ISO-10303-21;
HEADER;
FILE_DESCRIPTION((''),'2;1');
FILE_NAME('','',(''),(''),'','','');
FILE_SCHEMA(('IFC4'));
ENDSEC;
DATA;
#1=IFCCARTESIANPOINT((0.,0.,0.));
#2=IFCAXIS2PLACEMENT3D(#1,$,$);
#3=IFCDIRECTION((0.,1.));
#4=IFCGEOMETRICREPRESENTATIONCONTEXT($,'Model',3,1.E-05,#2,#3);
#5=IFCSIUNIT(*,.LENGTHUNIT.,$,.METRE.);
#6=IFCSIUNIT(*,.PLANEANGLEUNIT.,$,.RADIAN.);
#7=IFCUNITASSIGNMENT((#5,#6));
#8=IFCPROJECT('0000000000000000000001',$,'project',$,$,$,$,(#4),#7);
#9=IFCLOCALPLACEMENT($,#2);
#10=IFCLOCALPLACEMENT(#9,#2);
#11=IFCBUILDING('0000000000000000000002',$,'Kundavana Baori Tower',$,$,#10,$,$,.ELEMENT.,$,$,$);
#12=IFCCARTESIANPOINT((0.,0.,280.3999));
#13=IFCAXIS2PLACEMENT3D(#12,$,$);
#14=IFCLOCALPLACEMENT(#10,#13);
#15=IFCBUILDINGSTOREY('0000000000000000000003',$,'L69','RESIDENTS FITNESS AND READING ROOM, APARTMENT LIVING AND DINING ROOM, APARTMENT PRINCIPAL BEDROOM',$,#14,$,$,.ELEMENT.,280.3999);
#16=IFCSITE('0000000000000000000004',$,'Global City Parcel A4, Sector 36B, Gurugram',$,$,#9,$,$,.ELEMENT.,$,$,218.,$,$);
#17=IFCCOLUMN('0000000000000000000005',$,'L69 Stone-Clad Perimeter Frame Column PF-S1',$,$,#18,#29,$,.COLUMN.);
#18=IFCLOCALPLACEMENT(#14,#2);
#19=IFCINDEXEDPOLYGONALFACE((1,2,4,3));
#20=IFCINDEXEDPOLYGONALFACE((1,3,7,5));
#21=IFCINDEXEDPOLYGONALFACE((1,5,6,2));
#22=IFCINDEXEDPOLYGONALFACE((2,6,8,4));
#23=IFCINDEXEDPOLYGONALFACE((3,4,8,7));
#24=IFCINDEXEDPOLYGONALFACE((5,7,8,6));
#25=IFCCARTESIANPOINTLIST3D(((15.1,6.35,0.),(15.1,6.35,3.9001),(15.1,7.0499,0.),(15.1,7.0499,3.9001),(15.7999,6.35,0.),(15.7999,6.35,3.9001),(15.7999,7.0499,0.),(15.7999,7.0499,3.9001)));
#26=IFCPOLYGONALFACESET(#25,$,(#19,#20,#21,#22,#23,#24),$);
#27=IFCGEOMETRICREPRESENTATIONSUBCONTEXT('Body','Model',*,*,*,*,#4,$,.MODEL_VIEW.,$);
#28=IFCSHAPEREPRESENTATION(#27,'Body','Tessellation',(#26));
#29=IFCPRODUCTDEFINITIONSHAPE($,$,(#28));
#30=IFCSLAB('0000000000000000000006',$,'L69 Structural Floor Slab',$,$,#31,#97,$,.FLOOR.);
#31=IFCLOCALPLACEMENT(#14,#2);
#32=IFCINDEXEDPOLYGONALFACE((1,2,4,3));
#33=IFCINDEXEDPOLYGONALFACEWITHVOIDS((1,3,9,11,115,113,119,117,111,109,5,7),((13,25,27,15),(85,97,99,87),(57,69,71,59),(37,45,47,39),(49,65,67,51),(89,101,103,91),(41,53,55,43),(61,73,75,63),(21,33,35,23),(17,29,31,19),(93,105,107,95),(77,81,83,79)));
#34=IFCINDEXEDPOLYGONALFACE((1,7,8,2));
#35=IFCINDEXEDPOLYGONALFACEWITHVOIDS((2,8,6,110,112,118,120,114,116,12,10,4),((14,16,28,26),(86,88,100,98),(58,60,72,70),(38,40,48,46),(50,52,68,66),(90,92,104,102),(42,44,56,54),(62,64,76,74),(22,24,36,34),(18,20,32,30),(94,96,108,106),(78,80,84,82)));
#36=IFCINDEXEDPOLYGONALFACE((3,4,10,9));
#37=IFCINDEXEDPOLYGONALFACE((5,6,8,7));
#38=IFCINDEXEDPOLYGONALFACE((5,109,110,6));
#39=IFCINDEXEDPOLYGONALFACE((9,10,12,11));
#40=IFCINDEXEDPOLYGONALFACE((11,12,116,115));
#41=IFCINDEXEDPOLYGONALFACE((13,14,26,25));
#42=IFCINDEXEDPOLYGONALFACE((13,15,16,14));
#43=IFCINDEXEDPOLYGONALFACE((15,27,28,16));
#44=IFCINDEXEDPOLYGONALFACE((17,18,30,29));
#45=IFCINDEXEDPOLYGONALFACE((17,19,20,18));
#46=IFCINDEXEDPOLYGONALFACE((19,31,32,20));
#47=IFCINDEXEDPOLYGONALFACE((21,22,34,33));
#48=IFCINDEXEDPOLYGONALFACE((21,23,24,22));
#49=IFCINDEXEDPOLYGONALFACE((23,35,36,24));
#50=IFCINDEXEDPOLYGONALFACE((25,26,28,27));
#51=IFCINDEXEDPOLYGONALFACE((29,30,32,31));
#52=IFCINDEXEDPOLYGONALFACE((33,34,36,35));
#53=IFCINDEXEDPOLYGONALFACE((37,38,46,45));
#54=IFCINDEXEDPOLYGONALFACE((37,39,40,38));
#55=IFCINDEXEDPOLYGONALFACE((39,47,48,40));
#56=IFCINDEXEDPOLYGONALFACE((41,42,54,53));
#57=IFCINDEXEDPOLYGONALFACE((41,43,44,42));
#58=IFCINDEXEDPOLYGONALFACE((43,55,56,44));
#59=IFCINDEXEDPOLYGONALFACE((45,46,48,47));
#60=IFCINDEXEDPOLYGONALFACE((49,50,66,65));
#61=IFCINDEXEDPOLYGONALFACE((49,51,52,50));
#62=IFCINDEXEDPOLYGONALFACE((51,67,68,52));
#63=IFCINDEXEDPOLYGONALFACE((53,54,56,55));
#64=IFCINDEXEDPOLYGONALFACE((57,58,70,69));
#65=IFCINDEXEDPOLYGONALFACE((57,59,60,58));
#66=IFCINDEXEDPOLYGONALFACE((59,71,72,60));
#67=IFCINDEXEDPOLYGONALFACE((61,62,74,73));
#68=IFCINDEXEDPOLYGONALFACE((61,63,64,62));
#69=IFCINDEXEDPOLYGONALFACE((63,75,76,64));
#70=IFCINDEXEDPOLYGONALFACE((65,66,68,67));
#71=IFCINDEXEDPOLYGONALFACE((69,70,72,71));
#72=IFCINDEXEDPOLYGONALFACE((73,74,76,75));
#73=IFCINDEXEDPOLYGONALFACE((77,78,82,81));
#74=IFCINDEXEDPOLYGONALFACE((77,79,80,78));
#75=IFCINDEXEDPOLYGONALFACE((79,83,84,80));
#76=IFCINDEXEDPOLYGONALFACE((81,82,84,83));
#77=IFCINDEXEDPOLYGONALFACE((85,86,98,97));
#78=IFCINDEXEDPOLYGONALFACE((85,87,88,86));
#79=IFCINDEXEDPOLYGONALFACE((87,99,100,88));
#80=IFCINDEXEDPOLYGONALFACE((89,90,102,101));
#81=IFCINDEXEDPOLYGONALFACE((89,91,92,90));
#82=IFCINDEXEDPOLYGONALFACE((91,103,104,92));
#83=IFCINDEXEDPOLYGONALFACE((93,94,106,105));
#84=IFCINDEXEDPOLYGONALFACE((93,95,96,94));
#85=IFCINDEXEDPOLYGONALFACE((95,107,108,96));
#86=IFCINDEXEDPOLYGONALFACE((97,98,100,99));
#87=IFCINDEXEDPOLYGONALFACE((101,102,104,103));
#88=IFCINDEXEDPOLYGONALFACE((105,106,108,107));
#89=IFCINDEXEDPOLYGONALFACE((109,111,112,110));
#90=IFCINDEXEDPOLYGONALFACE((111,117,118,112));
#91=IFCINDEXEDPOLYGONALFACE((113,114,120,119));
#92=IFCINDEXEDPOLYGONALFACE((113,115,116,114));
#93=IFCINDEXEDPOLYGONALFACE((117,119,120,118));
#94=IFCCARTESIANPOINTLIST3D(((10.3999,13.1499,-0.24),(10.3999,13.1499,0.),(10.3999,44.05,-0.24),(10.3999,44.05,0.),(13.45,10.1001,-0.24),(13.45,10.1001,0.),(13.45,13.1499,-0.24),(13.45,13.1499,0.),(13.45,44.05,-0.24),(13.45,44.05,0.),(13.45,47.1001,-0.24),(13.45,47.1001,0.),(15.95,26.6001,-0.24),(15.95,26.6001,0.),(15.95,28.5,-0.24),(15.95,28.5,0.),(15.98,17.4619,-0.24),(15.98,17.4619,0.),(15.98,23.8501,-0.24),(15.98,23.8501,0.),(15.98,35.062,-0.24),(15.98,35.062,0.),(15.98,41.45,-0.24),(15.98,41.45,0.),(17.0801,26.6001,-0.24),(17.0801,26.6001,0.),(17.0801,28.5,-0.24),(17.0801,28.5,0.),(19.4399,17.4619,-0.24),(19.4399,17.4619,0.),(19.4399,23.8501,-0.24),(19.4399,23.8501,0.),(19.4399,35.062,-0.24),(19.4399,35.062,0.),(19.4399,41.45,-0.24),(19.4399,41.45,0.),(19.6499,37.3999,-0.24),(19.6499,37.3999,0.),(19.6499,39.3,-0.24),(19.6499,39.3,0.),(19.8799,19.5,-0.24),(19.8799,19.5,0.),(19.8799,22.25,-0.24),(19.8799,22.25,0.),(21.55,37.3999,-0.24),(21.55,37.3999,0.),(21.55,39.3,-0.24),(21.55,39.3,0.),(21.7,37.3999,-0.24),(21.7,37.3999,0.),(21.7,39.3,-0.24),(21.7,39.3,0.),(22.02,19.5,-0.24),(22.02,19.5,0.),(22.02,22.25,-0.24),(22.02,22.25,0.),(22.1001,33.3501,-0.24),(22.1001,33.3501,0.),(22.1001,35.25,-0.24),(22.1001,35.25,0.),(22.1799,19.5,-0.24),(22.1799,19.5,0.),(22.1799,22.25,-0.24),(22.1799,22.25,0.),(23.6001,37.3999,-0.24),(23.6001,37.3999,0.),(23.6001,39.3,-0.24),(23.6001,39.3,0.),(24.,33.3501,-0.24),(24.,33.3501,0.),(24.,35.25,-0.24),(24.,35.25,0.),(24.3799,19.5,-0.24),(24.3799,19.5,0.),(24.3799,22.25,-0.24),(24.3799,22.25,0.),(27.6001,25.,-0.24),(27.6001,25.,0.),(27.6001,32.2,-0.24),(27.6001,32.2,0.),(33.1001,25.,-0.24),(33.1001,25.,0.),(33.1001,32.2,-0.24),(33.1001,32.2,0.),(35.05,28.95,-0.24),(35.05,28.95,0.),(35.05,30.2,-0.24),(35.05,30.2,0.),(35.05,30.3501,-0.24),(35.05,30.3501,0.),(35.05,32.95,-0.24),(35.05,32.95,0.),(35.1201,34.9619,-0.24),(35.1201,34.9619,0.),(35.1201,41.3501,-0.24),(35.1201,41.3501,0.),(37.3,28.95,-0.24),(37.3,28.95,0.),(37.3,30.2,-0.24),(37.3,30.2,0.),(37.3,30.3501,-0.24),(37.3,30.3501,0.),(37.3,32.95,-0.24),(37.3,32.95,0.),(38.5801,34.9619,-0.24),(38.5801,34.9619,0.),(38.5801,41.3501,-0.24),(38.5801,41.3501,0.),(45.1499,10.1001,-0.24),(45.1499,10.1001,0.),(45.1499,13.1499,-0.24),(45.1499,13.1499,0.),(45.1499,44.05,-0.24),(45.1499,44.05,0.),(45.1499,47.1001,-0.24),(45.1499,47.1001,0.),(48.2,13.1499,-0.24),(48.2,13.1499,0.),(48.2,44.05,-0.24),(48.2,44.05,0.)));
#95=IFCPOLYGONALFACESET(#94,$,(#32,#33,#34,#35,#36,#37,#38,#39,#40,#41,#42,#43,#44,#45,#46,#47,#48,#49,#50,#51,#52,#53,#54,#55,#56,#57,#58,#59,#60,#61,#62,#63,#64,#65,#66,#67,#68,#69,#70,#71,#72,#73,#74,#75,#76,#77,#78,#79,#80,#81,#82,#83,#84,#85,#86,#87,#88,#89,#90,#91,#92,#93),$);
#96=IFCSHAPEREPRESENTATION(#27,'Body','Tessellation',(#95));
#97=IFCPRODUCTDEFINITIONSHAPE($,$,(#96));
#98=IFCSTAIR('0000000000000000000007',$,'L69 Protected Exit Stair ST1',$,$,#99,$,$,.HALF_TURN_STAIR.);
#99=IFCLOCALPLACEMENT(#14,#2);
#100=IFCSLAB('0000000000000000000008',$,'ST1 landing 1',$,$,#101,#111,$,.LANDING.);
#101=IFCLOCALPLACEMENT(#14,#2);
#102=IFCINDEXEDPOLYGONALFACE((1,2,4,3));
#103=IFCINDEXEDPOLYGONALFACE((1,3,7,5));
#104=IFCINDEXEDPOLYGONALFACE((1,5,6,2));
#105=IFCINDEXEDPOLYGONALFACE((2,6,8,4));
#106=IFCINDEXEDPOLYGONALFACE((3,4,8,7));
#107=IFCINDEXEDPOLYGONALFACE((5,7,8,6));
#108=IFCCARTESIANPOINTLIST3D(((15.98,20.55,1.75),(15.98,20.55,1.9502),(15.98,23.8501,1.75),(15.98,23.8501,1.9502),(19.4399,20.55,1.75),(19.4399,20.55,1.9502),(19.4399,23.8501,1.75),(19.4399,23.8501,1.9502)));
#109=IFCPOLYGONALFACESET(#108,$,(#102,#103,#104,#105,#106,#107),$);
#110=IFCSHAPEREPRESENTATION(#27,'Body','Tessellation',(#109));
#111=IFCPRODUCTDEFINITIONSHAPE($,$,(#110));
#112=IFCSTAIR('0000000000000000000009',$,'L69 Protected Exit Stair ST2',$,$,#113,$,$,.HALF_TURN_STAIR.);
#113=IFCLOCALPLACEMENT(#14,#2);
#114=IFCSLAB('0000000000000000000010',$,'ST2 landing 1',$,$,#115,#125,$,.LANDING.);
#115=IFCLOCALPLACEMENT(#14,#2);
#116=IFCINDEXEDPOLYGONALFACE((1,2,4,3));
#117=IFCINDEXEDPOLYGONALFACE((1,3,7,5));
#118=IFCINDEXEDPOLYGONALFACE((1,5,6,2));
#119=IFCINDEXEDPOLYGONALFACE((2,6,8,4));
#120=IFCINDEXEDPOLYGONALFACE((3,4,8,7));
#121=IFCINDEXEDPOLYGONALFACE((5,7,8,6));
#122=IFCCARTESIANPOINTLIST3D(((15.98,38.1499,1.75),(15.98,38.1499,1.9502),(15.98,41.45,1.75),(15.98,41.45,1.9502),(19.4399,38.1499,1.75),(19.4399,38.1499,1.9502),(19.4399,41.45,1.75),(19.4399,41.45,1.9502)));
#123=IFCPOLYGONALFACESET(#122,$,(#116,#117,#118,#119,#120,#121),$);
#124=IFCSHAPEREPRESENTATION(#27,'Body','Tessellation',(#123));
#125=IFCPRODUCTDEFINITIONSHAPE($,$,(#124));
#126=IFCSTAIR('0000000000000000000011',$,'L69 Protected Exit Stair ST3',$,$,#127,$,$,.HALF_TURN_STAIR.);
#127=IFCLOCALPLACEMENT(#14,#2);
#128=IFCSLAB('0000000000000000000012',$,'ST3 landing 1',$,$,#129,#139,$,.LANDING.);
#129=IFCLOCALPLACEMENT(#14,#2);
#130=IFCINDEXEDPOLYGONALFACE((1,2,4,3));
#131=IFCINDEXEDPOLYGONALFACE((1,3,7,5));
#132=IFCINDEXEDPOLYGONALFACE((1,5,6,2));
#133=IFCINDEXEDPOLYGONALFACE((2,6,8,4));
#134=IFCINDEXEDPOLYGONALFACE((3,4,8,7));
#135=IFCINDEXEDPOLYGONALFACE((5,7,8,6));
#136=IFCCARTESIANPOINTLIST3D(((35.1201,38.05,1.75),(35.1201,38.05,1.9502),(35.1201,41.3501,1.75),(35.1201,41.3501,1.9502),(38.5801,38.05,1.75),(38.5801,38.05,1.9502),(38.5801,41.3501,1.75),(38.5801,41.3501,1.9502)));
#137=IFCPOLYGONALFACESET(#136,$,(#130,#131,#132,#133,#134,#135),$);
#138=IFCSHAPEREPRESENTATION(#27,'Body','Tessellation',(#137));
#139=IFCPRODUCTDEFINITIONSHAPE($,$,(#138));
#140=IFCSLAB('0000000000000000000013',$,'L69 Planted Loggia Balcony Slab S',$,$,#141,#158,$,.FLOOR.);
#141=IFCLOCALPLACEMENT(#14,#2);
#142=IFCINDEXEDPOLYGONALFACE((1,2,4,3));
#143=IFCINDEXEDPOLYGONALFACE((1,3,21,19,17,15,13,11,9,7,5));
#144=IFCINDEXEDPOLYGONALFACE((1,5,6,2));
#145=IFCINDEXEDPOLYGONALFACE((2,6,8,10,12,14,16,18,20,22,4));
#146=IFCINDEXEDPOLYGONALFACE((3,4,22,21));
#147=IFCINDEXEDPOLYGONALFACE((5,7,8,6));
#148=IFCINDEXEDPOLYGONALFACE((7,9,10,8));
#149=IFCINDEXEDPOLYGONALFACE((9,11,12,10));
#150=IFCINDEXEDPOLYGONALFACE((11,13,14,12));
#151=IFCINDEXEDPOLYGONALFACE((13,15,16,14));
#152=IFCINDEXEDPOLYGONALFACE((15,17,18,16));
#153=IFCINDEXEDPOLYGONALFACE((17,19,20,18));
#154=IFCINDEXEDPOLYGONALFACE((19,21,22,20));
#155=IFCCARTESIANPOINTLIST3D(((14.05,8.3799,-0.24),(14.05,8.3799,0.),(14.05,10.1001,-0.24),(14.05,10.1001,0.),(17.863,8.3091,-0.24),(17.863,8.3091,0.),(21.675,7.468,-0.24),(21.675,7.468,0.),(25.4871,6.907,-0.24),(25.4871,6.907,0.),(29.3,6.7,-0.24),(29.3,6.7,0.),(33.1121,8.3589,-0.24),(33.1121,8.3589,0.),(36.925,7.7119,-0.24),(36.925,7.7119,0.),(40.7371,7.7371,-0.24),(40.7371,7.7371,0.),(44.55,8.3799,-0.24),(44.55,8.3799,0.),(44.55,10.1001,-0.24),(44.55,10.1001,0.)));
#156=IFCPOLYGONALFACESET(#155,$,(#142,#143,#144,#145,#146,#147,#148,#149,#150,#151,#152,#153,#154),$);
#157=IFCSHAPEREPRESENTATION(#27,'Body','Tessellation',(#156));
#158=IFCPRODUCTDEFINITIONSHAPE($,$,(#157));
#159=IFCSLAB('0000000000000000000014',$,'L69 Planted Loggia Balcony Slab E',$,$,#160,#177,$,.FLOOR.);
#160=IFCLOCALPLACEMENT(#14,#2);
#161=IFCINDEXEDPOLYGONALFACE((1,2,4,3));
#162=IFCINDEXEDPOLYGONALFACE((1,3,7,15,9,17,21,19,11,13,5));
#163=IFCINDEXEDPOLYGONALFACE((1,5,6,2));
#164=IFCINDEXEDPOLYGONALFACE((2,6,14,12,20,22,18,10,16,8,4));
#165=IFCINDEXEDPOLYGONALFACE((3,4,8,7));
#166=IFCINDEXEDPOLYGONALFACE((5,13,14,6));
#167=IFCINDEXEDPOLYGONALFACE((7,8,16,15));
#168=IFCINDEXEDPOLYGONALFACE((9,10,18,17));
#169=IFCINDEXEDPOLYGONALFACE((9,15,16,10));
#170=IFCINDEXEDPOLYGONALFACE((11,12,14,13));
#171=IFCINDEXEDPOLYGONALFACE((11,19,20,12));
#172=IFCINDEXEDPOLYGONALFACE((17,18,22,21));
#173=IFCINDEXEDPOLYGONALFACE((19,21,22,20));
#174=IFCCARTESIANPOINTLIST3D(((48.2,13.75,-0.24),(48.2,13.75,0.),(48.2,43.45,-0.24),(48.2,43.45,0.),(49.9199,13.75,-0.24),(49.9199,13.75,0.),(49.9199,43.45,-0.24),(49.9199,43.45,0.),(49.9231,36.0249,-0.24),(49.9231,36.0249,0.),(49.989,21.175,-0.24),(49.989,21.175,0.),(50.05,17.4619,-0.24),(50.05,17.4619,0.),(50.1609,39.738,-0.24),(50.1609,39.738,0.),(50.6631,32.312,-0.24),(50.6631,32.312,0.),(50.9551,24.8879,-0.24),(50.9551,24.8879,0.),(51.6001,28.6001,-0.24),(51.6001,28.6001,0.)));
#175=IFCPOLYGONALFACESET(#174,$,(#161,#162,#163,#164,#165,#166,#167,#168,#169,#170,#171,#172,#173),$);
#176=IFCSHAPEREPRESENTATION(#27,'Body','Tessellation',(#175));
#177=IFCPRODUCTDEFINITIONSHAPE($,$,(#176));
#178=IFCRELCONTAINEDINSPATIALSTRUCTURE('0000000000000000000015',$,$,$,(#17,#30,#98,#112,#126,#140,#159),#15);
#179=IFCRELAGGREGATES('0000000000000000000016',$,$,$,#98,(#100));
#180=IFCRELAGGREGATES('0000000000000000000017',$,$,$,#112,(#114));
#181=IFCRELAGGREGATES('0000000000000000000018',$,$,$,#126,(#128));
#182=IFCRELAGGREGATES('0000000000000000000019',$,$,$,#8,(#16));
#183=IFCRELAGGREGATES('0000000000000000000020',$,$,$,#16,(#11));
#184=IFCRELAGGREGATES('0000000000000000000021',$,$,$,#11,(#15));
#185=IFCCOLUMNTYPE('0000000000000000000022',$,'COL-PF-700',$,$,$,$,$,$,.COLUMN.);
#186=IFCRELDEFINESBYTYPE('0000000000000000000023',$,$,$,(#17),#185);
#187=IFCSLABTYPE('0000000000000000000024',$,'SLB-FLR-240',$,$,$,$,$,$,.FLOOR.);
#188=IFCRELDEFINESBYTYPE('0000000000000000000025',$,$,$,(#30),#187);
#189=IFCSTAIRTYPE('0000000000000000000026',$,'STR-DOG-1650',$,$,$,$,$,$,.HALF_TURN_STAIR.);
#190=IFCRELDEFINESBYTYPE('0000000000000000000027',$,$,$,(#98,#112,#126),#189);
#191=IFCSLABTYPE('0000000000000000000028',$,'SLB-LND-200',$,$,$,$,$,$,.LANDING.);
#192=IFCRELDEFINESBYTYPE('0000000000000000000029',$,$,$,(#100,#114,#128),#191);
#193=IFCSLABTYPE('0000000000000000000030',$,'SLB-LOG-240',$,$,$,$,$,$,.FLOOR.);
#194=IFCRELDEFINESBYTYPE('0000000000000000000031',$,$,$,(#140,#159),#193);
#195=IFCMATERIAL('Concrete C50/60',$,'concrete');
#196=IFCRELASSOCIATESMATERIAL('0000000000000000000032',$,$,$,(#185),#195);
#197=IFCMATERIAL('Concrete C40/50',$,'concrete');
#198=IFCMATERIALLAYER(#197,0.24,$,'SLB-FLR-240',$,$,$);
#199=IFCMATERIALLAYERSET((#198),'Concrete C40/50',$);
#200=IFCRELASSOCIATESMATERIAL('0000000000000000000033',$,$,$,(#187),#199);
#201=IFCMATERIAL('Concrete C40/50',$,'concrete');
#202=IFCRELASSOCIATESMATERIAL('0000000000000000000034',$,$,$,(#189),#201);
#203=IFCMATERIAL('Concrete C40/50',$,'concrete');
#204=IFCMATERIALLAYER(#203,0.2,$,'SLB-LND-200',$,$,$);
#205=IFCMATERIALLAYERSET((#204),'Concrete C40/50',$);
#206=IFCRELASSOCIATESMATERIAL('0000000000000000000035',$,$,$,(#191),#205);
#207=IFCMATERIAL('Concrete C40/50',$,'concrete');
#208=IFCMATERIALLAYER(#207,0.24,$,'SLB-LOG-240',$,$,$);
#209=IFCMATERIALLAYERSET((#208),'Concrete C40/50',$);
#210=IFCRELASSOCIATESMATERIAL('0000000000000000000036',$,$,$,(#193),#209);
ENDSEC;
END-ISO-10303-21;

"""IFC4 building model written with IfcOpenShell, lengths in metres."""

from ifc_helpers import new_model, si_unit, direction, frame, origin, origin_2d, place, context, subcontext, project, spatial, polyline, rectangle, outline, extrude, material, layer, layer_set, material_profile, profile_set, type_object, element, aggregate, save


model = new_model("IFC4")

# Units and contexts
model_context = context("Model", 3, precision=1e-05, world=origin(), true_north=direction((0.0, 1.0)))
body_context = subcontext(model_context, "Body", "Model", "MODEL_VIEW")
ifc_project = project(units=[si_unit("LENGTHUNIT", "METRE"), si_unit("PLANEANGLEUNIT", "RADIAN")], contexts=[model_context])

# Site, building, storey
site_placement = place(None, origin())
site = spatial("IfcSite", under=ifc_project, at=site_placement, Name="Global City Parcel A4, Sector 36B, Gurugram", CompositionType="ELEMENT", RefElevation=218.0)
building_placement = place(site_placement, origin())
building = spatial("IfcBuilding", under=site, at=building_placement, Name="Kundavana Baori Tower", CompositionType="ELEMENT")
storey_placement = place(building_placement, frame((0.0, 0.0, 280.3999)))
storey = spatial("IfcBuildingStorey", under=building, at=storey_placement, Name="L69", Description="RESIDENTS FITNESS AND READING ROOM, APARTMENT LIVING AND DINING ROOM, APARTMENT PRINCIPAL BEDROOM", CompositionType="ELEMENT", Elevation=280.3999)

# Column
ifc_material_1 = material(Name="Concrete C50/60", Category="concrete")
ifc_material_profile = material_profile(ifc_material_1, rectangle(XDim=0.7, YDim=0.7, at=origin_2d()), Name="RC PF 700x700")
ifc_profile_set = profile_set([ifc_material_profile], Name="Concrete C50/60")
column_type = type_object("IfcColumnType", Name="COL-PF-700", PredefinedType="COLUMN", material=ifc_profile_set)
column_placement = place(storey_placement, frame((15.45, 6.7, 0.0), z_axis=(0.0, 0.0, 1.0), x_axis=(1.0, 0.0, 0.0)))
element("IfcColumn", 1, at=column_placement, inside=storey, type_object=column_type, Name="L69 Stone-Clad Perimeter Frame Column PF-S1", PredefinedType="COLUMN", context=body_context, shape_type="SweptSolid", body=[
    extrude(rectangle(XDim=0.7, YDim=0.7, at=origin_2d()), origin(), (0.0, 0.0, 1.0), 3.9001),
])

# Slab
ifc_material_2 = material(Name="Concrete C40/50", Category="concrete")
ifc_layer_1 = layer(ifc_material_2, 0.24, Name="SLB-FLR-240")
ifc_layer_set_1 = layer_set([ifc_layer_1], Name="Concrete C40/50")
slab_type_1 = type_object("IfcSlabType", Name="SLB-FLR-240", PredefinedType="FLOOR", material=ifc_layer_set_1)
slab_1_placement = place(storey_placement, frame((0.0, 0.0, -0.24)))
element("IfcSlab", 2, at=slab_1_placement, inside=storey, type_object=slab_type_1, Name="L69 Structural Floor Slab", PredefinedType="FLOOR", context=body_context, shape_type="SweptSolid", body=[
    extrude(outline(polyline([(13.45, 10.1001), (45.1499, 10.1001), (45.1499, 13.1499), (48.2, 13.1499), (48.2, 44.05), (45.1499, 44.05), (45.1499, 47.1001), (13.45, 47.1001), (13.45, 44.05), (10.3999, 44.05), (10.3999, 13.1499), (13.45, 13.1499), (13.45, 10.1001)]), holes=[polyline([(19.4399, 17.4619), (19.4399, 23.8501), (15.98, 23.8501), (15.98, 17.4619), (19.4399, 17.4619)]), polyline([(19.4399, 35.062), (19.4399, 41.45), (15.98, 41.45), (15.98, 35.062), (19.4399, 35.062)]), polyline([(38.5801, 34.9619), (38.5801, 41.3501), (35.1201, 41.3501), (35.1201, 34.9619), (38.5801, 34.9619)]), polyline([(19.6499, 37.3999), (21.55, 37.3999), (21.55, 39.3), (19.6499, 39.3), (19.6499, 37.3999)]), polyline([(21.7, 37.3999), (23.6001, 37.3999), (23.6001, 39.3), (21.7, 39.3), (21.7, 37.3999)]), polyline([(22.1001, 33.3501), (24.0, 33.3501), (24.0, 35.25), (22.1001, 35.25), (22.1001, 33.3501)]), polyline([(19.8799, 19.5), (22.02, 19.5), (22.02, 22.25), (19.8799, 22.25), (19.8799, 19.5)]), polyline([(22.1799, 19.5), (24.3799, 19.5), (24.3799, 22.25), (22.1799, 22.25), (22.1799, 19.5)]), polyline([(35.05, 30.3501), (37.3, 30.3501), (37.3, 32.95), (35.05, 32.95), (35.05, 30.3501)]), polyline([(15.95, 26.6001), (17.0801, 26.6001), (17.0801, 28.5), (15.95, 28.5), (15.95, 26.6001)]), polyline([(35.05, 28.95), (37.3, 28.95), (37.3, 30.2), (35.05, 30.2), (35.05, 28.95)]), polyline([(27.6001, 25.0), (33.1001, 25.0), (33.1001, 32.2), (27.6001, 32.2), (27.6001, 25.0)])]), origin(), (0.0, 0.0, 1.0), 0.24),
])

# Stairs, slabs
ifc_material_3 = material(Name="Concrete C40/50", Category="concrete")
stair_type = type_object("IfcStairType", Name="STR-DOG-1650", PredefinedType="HALF_TURN_STAIR", material=ifc_material_3)
stair_1_placement = place(storey_placement, origin())
stair_1 = element("IfcStair", 3, at=stair_1_placement, inside=storey, type_object=stair_type, Name="L69 Protected Exit Stair ST1", PredefinedType="HALF_TURN_STAIR")
ifc_material_4 = material(Name="Concrete C40/50", Category="concrete")
ifc_layer_2 = layer(ifc_material_4, 0.2, Name="SLB-LND-200")
ifc_layer_set_2 = layer_set([ifc_layer_2], Name="Concrete C40/50")
slab_type_2 = type_object("IfcSlabType", Name="SLB-LND-200", PredefinedType="LANDING", material=ifc_layer_set_2)
slab_2_placement = place(storey_placement, frame((0.0, 0.0, 1.75)))
slab_2 = element("IfcSlab", 4, at=slab_2_placement, type_object=slab_type_2, Name="ST1 landing 1", PredefinedType="LANDING", context=body_context, shape_type="SweptSolid", body=[
    extrude(outline(polyline([(19.4399, 20.55), (19.4399, 23.8501), (15.98, 23.8501), (15.98, 20.55), (19.4399, 20.55)])), origin(), (0.0, 0.0, 1.0), 0.2002),
])
aggregate(stair_1, [slab_2])
stair_2_placement = place(storey_placement, origin())
stair_2 = element("IfcStair", 5, at=stair_2_placement, inside=storey, type_object=stair_type, Name="L69 Protected Exit Stair ST2", PredefinedType="HALF_TURN_STAIR")
slab_3_placement = place(storey_placement, frame((0.0, 0.0, 1.75)))
slab_3 = element("IfcSlab", 6, at=slab_3_placement, type_object=slab_type_2, Name="ST2 landing 1", PredefinedType="LANDING", context=body_context, shape_type="SweptSolid", body=[
    extrude(outline(polyline([(19.4399, 38.1499), (19.4399, 41.45), (15.98, 41.45), (15.98, 38.1499), (19.4399, 38.1499)])), origin(), (0.0, 0.0, 1.0), 0.2002),
])
aggregate(stair_2, [slab_3])
stair_3_placement = place(storey_placement, origin())
stair_3 = element("IfcStair", 7, at=stair_3_placement, inside=storey, type_object=stair_type, Name="L69 Protected Exit Stair ST3", PredefinedType="HALF_TURN_STAIR")
slab_4_placement = place(storey_placement, frame((0.0, 0.0, 1.75)))
slab_4 = element("IfcSlab", 8, at=slab_4_placement, type_object=slab_type_2, Name="ST3 landing 1", PredefinedType="LANDING", context=body_context, shape_type="SweptSolid", body=[
    extrude(outline(polyline([(38.5801, 38.05), (38.5801, 41.3501), (35.1201, 41.3501), (35.1201, 38.05), (38.5801, 38.05)])), origin(), (0.0, 0.0, 1.0), 0.2002),
])
aggregate(stair_3, [slab_4])

# Slabs
ifc_material_5 = material(Name="Concrete C40/50", Category="concrete")
ifc_layer_3 = layer(ifc_material_5, 0.24, Name="SLB-LOG-240")
ifc_layer_set_3 = layer_set([ifc_layer_3], Name="Concrete C40/50")
slab_type_3 = type_object("IfcSlabType", Name="SLB-LOG-240", PredefinedType="FLOOR", material=ifc_layer_set_3)
slab_5_placement = place(storey_placement, frame((0.0, 0.0, -0.24)))
element("IfcSlab", 9, at=slab_5_placement, inside=storey, type_object=slab_type_3, Name="L69 Planted Loggia Balcony Slab S", PredefinedType="FLOOR", context=body_context, shape_type="SweptSolid", body=[
    extrude(outline(polyline([(14.05, 10.1001), (44.55, 10.1001), (44.55, 8.3799), (40.7371, 7.7371), (36.925, 7.7119), (33.1121, 8.3589), (29.3, 6.7), (25.4871, 6.907), (21.675, 7.468), (17.863, 8.3091), (14.05, 8.3799), (14.05, 10.1001)])), origin(), (0.0, 0.0, 1.0), 0.24),
])
slab_6_placement = place(storey_placement, frame((0.0, 0.0, -0.24)))
element("IfcSlab", 10, at=slab_6_placement, inside=storey, type_object=slab_type_3, Name="L69 Planted Loggia Balcony Slab E", PredefinedType="FLOOR", context=body_context, shape_type="SweptSolid", body=[
    extrude(outline(polyline([(48.2, 13.75), (48.2, 43.45), (49.9199, 43.45), (50.1609, 39.738), (49.9231, 36.0249), (50.6631, 32.312), (51.6001, 28.6001), (50.9551, 24.8879), (49.989, 21.175), (50.05, 17.4619), (49.9199, 13.75), (48.2, 13.75)])), origin(), (0.0, 0.0, 1.0), 0.24),
])

save(model, "model.ifc")
